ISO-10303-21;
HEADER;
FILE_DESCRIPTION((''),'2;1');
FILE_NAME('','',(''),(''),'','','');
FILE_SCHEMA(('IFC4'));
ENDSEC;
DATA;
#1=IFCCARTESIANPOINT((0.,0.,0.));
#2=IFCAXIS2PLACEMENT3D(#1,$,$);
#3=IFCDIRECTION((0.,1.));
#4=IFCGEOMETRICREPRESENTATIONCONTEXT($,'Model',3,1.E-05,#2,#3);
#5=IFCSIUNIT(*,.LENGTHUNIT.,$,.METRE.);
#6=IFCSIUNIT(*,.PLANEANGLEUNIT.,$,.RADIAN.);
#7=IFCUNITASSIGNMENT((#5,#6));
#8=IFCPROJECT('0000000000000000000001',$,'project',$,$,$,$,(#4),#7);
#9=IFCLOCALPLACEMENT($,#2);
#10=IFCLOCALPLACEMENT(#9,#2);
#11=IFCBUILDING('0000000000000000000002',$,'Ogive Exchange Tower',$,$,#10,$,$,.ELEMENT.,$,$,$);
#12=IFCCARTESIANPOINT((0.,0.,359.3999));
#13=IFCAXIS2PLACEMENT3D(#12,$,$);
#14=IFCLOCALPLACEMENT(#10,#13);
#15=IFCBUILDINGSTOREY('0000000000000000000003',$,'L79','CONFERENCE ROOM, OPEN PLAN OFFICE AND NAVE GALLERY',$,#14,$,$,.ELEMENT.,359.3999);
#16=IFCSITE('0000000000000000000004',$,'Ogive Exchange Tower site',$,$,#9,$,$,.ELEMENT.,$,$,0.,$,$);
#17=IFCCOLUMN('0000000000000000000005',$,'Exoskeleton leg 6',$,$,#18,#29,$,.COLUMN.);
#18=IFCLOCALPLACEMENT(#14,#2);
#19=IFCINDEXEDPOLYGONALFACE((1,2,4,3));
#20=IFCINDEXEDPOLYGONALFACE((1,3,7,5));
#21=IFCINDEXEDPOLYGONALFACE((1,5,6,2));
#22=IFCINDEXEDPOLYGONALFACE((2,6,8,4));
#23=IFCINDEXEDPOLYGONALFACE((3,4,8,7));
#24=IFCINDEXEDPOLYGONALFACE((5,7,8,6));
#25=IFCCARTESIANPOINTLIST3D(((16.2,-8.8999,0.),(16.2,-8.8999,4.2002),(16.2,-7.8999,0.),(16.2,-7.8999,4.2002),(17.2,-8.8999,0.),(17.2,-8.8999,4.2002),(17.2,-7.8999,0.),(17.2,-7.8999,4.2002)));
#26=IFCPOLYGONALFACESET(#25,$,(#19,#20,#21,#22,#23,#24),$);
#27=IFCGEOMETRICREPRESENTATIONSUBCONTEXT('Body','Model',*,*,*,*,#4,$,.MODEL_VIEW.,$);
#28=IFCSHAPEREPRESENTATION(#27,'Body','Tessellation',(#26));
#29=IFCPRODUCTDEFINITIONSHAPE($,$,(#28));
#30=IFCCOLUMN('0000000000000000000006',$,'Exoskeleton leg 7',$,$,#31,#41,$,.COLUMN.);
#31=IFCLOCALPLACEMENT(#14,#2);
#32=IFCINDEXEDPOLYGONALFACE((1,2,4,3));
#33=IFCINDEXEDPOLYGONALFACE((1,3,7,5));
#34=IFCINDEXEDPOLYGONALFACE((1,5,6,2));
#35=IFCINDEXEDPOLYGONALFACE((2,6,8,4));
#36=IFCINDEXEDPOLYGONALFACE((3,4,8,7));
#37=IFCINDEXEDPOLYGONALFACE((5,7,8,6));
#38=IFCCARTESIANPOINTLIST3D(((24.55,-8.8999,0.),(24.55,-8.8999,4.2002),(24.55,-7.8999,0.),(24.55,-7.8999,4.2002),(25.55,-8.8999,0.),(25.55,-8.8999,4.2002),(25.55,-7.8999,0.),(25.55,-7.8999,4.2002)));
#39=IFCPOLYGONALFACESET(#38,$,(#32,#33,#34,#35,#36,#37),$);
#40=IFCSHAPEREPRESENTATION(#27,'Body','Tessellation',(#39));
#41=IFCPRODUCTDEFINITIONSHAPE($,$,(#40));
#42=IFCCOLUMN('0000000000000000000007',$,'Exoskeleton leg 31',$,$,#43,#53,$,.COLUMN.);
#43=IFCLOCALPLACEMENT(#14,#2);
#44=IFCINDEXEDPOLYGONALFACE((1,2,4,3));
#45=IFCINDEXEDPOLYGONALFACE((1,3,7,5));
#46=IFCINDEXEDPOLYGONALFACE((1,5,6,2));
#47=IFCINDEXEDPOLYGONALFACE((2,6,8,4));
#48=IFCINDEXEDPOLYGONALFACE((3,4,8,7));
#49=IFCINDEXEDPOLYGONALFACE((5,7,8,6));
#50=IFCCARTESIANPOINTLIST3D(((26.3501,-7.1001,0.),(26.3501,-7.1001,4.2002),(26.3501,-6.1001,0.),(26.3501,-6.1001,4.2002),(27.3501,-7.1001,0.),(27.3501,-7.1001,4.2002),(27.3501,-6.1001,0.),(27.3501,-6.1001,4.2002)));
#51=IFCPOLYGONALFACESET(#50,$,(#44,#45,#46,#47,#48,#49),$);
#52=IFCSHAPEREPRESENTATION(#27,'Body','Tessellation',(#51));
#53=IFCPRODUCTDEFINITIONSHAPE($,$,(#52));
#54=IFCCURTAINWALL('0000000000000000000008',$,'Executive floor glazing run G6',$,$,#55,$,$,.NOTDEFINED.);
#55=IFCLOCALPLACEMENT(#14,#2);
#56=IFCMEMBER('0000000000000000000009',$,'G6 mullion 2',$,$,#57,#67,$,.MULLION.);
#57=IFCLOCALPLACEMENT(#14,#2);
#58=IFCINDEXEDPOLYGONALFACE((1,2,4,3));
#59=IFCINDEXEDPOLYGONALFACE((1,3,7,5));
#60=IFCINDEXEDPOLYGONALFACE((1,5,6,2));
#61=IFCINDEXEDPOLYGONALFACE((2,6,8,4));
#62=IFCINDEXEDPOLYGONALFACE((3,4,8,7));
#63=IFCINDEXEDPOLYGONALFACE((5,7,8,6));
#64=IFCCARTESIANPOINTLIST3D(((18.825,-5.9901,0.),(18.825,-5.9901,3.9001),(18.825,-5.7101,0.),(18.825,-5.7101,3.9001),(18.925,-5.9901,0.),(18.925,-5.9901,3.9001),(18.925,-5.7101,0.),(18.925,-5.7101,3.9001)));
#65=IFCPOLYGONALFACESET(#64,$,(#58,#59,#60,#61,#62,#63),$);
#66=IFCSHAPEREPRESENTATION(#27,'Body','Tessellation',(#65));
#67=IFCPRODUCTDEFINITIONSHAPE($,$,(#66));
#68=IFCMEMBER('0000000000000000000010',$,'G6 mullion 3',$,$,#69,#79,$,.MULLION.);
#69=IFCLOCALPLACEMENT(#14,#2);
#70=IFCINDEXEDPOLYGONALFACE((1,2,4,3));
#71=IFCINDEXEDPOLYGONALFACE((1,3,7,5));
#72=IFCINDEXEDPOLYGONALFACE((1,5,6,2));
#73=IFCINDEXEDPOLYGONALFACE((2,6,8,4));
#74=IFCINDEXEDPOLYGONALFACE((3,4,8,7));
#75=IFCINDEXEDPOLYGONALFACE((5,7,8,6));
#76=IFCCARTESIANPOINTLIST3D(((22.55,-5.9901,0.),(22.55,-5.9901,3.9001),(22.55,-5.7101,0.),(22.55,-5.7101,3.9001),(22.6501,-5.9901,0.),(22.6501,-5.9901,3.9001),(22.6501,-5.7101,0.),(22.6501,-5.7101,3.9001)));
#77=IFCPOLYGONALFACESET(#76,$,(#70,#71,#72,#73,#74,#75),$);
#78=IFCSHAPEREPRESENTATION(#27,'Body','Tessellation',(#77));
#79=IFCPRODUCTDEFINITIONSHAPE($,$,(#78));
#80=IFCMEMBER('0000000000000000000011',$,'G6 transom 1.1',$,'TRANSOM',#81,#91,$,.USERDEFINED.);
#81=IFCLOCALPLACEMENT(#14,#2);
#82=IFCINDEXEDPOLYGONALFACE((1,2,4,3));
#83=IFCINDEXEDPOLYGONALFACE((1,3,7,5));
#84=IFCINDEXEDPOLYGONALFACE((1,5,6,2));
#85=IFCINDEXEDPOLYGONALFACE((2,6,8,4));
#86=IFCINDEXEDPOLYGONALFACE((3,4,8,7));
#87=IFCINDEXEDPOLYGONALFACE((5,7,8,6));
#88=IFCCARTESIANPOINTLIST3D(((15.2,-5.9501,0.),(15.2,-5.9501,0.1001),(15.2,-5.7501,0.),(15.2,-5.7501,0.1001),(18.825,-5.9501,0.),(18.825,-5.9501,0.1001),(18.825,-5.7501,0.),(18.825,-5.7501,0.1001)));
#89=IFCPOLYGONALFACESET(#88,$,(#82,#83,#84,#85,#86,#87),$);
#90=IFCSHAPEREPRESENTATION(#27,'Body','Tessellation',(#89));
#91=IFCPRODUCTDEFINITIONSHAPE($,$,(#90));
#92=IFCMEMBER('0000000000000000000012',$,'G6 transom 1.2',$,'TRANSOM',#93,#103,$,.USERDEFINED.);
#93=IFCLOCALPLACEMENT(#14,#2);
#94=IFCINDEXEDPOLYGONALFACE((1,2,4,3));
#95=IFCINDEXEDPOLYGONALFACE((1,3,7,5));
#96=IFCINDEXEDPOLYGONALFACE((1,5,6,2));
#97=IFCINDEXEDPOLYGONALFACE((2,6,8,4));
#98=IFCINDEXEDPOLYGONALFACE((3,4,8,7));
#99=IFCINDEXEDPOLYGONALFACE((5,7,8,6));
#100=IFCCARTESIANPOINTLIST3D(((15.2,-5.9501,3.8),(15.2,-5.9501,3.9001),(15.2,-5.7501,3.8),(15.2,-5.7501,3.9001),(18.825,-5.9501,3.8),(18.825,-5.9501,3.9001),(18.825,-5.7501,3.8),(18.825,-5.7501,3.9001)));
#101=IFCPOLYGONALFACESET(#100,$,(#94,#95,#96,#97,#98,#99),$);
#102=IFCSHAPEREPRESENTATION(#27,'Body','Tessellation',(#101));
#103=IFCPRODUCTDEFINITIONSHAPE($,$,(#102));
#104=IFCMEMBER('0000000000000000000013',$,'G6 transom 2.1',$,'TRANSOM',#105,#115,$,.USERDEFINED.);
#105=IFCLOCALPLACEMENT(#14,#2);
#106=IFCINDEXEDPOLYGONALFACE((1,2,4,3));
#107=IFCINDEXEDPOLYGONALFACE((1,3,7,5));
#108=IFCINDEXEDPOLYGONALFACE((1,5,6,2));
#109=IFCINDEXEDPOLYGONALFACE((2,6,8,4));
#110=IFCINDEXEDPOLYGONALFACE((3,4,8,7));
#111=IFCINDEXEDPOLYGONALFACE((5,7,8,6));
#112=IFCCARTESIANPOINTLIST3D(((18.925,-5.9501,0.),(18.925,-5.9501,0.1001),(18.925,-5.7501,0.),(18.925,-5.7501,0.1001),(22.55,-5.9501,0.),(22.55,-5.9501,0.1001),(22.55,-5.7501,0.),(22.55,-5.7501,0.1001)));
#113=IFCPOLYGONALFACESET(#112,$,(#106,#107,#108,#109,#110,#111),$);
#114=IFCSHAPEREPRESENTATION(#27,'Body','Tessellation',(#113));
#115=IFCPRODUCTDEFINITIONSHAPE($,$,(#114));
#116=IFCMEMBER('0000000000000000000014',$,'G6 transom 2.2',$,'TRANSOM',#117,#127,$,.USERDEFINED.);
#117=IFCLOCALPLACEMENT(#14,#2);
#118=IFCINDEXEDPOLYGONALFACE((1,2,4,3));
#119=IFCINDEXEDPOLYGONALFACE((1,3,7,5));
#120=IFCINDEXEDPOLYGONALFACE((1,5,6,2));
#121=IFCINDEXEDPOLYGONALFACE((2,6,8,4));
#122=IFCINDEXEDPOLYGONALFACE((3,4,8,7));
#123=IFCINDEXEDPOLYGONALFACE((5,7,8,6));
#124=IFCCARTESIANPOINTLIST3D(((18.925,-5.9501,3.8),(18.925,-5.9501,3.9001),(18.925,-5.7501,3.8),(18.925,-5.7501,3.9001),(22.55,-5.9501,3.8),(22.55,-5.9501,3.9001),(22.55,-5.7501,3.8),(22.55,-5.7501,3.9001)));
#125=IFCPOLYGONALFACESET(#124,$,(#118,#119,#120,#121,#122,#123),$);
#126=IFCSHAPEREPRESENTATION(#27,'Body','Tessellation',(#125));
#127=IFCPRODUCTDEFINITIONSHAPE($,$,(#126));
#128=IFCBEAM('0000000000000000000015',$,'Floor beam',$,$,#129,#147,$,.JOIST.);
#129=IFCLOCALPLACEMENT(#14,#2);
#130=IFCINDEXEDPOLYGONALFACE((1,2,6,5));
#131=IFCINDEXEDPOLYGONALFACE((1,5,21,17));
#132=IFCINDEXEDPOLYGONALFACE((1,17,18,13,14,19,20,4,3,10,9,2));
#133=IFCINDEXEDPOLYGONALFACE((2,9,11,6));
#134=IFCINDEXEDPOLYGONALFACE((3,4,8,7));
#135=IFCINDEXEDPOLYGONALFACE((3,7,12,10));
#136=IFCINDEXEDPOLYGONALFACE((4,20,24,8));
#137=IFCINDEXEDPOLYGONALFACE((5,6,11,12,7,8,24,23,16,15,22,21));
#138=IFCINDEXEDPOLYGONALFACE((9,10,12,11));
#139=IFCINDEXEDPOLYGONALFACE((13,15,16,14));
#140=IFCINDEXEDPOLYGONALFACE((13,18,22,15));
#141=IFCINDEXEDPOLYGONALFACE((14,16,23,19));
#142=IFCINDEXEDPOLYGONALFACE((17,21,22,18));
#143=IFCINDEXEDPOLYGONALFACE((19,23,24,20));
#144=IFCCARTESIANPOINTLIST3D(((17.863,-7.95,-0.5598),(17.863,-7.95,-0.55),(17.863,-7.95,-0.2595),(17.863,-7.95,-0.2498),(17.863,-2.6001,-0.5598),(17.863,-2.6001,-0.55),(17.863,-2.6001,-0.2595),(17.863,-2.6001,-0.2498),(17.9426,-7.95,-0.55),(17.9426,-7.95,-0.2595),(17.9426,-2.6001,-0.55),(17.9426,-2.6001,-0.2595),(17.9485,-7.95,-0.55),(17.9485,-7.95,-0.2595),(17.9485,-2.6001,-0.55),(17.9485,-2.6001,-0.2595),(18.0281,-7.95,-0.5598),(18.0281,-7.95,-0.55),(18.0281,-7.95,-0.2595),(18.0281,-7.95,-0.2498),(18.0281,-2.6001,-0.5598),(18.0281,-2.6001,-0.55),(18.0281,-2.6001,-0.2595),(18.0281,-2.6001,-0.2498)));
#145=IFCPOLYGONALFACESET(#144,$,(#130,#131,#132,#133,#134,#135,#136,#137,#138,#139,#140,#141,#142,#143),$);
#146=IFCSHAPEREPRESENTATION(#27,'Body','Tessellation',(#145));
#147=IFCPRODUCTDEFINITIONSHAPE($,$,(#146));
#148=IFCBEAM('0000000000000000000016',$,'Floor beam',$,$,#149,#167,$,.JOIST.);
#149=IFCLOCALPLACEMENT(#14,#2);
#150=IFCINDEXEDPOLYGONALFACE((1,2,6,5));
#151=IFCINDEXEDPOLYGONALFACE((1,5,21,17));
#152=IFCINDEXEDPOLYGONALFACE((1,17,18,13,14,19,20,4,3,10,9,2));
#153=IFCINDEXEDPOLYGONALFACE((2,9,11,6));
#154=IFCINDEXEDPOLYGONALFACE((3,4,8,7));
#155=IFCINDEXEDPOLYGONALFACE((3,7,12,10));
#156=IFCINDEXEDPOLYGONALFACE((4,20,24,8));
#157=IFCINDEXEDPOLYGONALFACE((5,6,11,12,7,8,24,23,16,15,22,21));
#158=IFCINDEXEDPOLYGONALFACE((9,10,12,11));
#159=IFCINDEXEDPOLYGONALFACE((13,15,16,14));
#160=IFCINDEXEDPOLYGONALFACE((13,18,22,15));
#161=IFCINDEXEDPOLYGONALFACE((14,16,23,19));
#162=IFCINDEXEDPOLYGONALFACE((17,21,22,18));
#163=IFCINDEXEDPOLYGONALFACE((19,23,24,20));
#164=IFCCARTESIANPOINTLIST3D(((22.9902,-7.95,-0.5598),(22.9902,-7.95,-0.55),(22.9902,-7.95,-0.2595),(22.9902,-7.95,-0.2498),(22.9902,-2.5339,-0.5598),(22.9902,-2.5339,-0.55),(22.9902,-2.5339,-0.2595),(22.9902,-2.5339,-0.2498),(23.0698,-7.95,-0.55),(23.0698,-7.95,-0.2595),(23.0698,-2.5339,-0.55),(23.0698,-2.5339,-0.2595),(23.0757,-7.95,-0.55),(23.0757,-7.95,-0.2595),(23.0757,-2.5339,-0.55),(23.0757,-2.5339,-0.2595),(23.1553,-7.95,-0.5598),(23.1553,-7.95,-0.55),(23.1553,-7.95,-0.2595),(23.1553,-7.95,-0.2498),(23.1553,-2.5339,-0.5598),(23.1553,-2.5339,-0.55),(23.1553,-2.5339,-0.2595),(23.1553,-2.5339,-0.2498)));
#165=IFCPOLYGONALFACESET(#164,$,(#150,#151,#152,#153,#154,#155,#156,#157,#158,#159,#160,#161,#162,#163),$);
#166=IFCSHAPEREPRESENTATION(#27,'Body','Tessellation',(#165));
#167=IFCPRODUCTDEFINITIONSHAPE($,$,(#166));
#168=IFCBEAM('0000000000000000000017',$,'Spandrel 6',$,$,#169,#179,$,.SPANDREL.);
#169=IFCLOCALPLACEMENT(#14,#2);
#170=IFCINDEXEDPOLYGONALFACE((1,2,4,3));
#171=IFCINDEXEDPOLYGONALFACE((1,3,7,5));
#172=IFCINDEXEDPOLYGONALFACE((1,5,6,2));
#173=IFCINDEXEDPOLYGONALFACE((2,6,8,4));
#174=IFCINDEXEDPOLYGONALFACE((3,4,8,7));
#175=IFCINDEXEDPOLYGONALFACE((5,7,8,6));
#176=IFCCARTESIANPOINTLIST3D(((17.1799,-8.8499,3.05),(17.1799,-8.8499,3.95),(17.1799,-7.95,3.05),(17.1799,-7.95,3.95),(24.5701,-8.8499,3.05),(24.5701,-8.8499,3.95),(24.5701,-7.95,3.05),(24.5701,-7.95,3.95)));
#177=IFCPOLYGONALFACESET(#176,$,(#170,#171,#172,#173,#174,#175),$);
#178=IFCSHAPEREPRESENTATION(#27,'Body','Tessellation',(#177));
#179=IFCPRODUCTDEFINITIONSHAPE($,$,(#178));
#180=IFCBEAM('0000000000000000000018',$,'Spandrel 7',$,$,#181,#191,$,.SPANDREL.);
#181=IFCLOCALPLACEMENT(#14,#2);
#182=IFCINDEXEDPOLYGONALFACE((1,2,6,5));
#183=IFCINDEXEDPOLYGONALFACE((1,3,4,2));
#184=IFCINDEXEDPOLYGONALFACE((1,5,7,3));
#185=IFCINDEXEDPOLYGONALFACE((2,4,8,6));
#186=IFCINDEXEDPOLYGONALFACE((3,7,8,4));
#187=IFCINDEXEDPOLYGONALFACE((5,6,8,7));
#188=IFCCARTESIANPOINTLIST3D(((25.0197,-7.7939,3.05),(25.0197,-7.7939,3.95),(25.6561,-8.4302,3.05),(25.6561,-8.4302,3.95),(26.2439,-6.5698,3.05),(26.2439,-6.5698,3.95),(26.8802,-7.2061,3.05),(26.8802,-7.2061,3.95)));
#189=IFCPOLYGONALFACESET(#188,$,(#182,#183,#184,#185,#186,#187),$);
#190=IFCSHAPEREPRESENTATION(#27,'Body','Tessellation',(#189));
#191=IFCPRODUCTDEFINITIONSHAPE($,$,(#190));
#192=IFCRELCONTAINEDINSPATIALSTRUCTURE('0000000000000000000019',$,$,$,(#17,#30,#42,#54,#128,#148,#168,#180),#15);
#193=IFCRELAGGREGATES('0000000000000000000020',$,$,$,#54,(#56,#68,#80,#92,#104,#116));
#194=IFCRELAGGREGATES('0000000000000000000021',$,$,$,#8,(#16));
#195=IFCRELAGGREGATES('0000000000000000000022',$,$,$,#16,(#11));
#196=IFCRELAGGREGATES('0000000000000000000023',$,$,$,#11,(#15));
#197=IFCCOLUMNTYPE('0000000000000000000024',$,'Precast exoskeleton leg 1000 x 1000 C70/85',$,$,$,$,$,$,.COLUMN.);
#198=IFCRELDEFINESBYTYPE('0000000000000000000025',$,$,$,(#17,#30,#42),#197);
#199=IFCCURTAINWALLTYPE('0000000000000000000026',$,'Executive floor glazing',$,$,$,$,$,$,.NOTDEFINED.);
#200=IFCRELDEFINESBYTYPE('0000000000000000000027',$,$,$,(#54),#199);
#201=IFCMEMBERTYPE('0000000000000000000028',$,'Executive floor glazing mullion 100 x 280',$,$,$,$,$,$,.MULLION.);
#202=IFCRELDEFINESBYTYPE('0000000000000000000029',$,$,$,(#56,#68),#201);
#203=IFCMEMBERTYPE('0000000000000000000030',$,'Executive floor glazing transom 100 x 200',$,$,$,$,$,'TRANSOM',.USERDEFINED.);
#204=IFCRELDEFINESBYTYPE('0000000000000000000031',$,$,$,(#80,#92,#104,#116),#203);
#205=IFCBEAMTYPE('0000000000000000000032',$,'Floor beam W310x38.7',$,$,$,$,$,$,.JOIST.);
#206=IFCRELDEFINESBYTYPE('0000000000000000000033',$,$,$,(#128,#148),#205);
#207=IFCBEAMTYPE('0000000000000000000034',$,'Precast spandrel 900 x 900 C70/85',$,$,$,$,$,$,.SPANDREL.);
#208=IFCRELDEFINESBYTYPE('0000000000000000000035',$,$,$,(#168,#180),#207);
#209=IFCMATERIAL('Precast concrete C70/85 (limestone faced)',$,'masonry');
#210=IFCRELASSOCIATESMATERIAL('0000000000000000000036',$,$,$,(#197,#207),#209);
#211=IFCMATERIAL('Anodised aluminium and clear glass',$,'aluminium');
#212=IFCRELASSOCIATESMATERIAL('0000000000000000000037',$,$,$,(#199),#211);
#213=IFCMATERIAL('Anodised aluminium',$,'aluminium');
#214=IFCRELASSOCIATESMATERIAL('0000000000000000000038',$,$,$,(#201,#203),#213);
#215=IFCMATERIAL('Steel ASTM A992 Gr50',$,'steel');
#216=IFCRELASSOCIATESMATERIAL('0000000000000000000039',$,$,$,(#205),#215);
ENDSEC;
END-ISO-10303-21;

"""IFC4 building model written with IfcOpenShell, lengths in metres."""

from ifc_helpers import new_model, si_unit, direction, frame, origin, origin_2d, place, context, subcontext, project, spatial, rectangle, i_section, extrude, material, material_profile, profile_set, type_object, element, aggregate, save


model = new_model("IFC4")

# Units and contexts
model_context = context("Model", 3, precision=1e-05, world=origin(), true_north=direction((0.0, 1.0)))
body_context = subcontext(model_context, "Body", "Model", "MODEL_VIEW")
ifc_project = project(units=[si_unit("LENGTHUNIT", "METRE"), si_unit("PLANEANGLEUNIT", "RADIAN")], contexts=[model_context])

# Site, building, storey
site_placement = place(None, origin())
site = spatial("IfcSite", under=ifc_project, at=site_placement, Name="Ogive Exchange Tower site", CompositionType="ELEMENT", RefElevation=0.0)
building_placement = place(site_placement, origin())
building = spatial("IfcBuilding", under=site, at=building_placement, Name="Ogive Exchange Tower", CompositionType="ELEMENT")
storey_placement = place(building_placement, frame((0.0, 0.0, 359.3999)))
storey = spatial("IfcBuildingStorey", under=building, at=storey_placement, Name="L79", Description="CONFERENCE ROOM, OPEN PLAN OFFICE AND NAVE GALLERY", CompositionType="ELEMENT", Elevation=359.3999)

# Columns
ifc_material_1 = material(Name="Precast concrete C70/85 (limestone faced)", Category="masonry")
ifc_material_profile_1 = material_profile(ifc_material_1, rectangle(XDim=1.0, YDim=1.0, at=origin_2d()), Name="1000 x 1000")
ifc_profile_set_1 = profile_set([ifc_material_profile_1], Name="Precast concrete C70/85 (limestone faced)")
column_type = type_object("IfcColumnType", Name="Precast exoskeleton leg 1000 x 1000 C70/85", PredefinedType="COLUMN", material=ifc_profile_set_1)
for number, where, z_axis, x_axis, name in (
    (1, (16.7, -8.3999, 0.0), (0.0, 0.0, 1.0), (1.0, 0.0, 0.0), "Exoskeleton leg 6"),
    (2, (25.05, -8.3999, 0.0), (0.0, 0.0, 1.0), (1.0, 0.0, 0.0), "Exoskeleton leg 7"),
    (3, (26.8501, -6.6001, 0.0), (0.0, 0.0, 1.0), (1.0, 0.0, 0.0), "Exoskeleton leg 31"),
):
    element("IfcColumn", number, at=place(storey_placement, frame(where, z_axis=z_axis, x_axis=x_axis)), inside=storey, type_object=column_type, Name=name, PredefinedType="COLUMN", context=body_context, shape_type="SweptSolid", body=[
        extrude(rectangle(XDim=1.0, YDim=1.0, at=origin_2d()), origin(), (0.0, 0.0, 1.0), 4.2002),
    ])

# Curtain wall, members
ifc_material_2 = material(Name="Anodised aluminium and clear glass", Category="aluminium")
curtain_wall_type = type_object("IfcCurtainWallType", Name="Executive floor glazing", PredefinedType="NOTDEFINED", material=ifc_material_2)
curtain_wall_placement = place(storey_placement, origin())
curtain_wall = element("IfcCurtainWall", 4, at=curtain_wall_placement, inside=storey, type_object=curtain_wall_type, Name="Executive floor glazing run G6", PredefinedType="NOTDEFINED")
ifc_material_3 = material(Name="Anodised aluminium", Category="aluminium")
ifc_material_profile_2 = material_profile(ifc_material_3, rectangle(XDim=0.28, YDim=0.1001, at=origin_2d()), Name="AL 100x280")
ifc_profile_set_2 = profile_set([ifc_material_profile_2], Name="Anodised aluminium")
member_type_1 = type_object("IfcMemberType", Name="Executive floor glazing mullion 100 x 280", PredefinedType="MULLION", material=ifc_profile_set_2)
member_1_placement = place(storey_placement, frame((18.875, -5.8501, 0.0), z_axis=(0.0, 0.0, 1.0), x_axis=(0.0, 1.0, 0.0)))
member_1 = element("IfcMember", 5, at=member_1_placement, type_object=member_type_1, Name="G6 mullion 2", PredefinedType="MULLION", context=body_context, shape_type="SweptSolid", body=[
    extrude(rectangle(XDim=0.28, YDim=0.1001, at=origin_2d()), origin(), (0.0, 0.0, 1.0), 3.9001),
])
member_2_placement = place(storey_placement, frame((22.6001, -5.8501, 0.0), z_axis=(0.0, 0.0, 1.0), x_axis=(0.0, 1.0, 0.0)))
member_2 = element("IfcMember", 6, at=member_2_placement, type_object=member_type_1, Name="G6 mullion 3", PredefinedType="MULLION", context=body_context, shape_type="SweptSolid", body=[
    extrude(rectangle(XDim=0.28, YDim=0.1001, at=origin_2d()), origin(), (0.0, 0.0, 1.0), 3.9001),
])
ifc_material_profile_3 = material_profile(ifc_material_3, rectangle(XDim=0.2, YDim=0.1001, at=origin_2d()), Name="AL 100x200")
ifc_profile_set_3 = profile_set([ifc_material_profile_3], Name="Anodised aluminium")
member_type_2 = type_object("IfcMemberType", Name="Executive floor glazing transom 100 x 200", ElementType="TRANSOM", PredefinedType="USERDEFINED", material=ifc_profile_set_3)
member_3_placement = place(storey_placement, frame((15.2, -5.8501, 0.05), z_axis=(1.0, 0.0, 0.0), x_axis=(0.0, 1.0, 0.0)))
member_3 = element("IfcMember", 7, at=member_3_placement, type_object=member_type_2, Name="G6 transom 1.1", ObjectType="TRANSOM", PredefinedType="USERDEFINED", context=body_context, shape_type="SweptSolid", body=[
    extrude(rectangle(XDim=0.2, YDim=0.1001, at=origin_2d()), origin(), (0.0, 0.0, 1.0), 3.625),
])
member_4_placement = place(storey_placement, frame((15.2, -5.8501, 3.8501), z_axis=(1.0, 0.0, 0.0), x_axis=(0.0, 1.0, 0.0)))
member_4 = element("IfcMember", 8, at=member_4_placement, type_object=member_type_2, Name="G6 transom 1.2", ObjectType="TRANSOM", PredefinedType="USERDEFINED", context=body_context, shape_type="SweptSolid", body=[
    extrude(rectangle(XDim=0.2, YDim=0.1001, at=origin_2d()), origin(), (0.0, 0.0, 1.0), 3.625),
])
member_5_placement = place(storey_placement, frame((18.925, -5.8501, 0.05), z_axis=(1.0, 0.0, 0.0), x_axis=(0.0, 1.0, 0.0)))
member_5 = element("IfcMember", 9, at=member_5_placement, type_object=member_type_2, Name="G6 transom 2.1", ObjectType="TRANSOM", PredefinedType="USERDEFINED", context=body_context, shape_type="SweptSolid", body=[
    extrude(rectangle(XDim=0.2, YDim=0.1001, at=origin_2d()), origin(), (0.0, 0.0, 1.0), 3.625),
])
member_6_placement = place(storey_placement, frame((18.925, -5.8501, 3.8501), z_axis=(1.0, 0.0, 0.0), x_axis=(0.0, 1.0, 0.0)))
member_6 = element("IfcMember", 10, at=member_6_placement, type_object=member_type_2, Name="G6 transom 2.2", ObjectType="TRANSOM", PredefinedType="USERDEFINED", context=body_context, shape_type="SweptSolid", body=[
    extrude(rectangle(XDim=0.2, YDim=0.1001, at=origin_2d()), origin(), (0.0, 0.0, 1.0), 3.625),
])

# Beams
ifc_material_4 = material(Name="Steel ASTM A992 Gr50", Category="steel")
ifc_material_profile_4 = material_profile(ifc_material_4, i_section(OverallWidth=0.165, OverallDepth=0.3101, WebThickness=0.0059, FlangeThickness=0.0098, at=origin_2d()), Name="W310x38.7")
ifc_profile_set_4 = profile_set([ifc_material_profile_4], Name="Steel ASTM A992 Gr50")
beam_type_1 = type_object("IfcBeamType", Name="Floor beam W310x38.7", PredefinedType="JOIST", material=ifc_profile_set_4)
beam_1_placement = place(storey_placement, frame((17.9456, -7.95, -0.4048), z_axis=(0.0, 1.0, 0.0), x_axis=(-1.0, 0.0, 0.0)))
element("IfcBeam", 11, at=beam_1_placement, inside=storey, type_object=beam_type_1, Name="Floor beam", PredefinedType="JOIST", context=body_context, shape_type="SweptSolid", body=[
    extrude(i_section(OverallWidth=0.165, OverallDepth=0.3101, WebThickness=0.0059, FlangeThickness=0.0098, at=origin_2d()), origin(), (0.0, 0.0, 1.0), 5.3499),
])
beam_2_placement = place(storey_placement, frame((23.0728, -7.95, -0.4048), z_axis=(0.0, 1.0, 0.0), x_axis=(-1.0, 0.0, 0.0)))
element("IfcBeam", 12, at=beam_2_placement, inside=storey, type_object=beam_type_1, Name="Floor beam", PredefinedType="JOIST", context=body_context, shape_type="SweptSolid", body=[
    extrude(i_section(OverallWidth=0.165, OverallDepth=0.3101, WebThickness=0.0059, FlangeThickness=0.0098, at=origin_2d()), origin(), (0.0, 0.0, 1.0), 5.416),
])
ifc_material_profile_5 = material_profile(ifc_material_1, rectangle(XDim=0.8999, YDim=0.8999, at=origin_2d()), Name="900 x 900")
ifc_profile_set_5 = profile_set([ifc_material_profile_5], Name="Precast concrete C70/85 (limestone faced)")
beam_type_2 = type_object("IfcBeamType", Name="Precast spandrel 900 x 900 C70/85", PredefinedType="SPANDREL", material=ifc_profile_set_5)
beam_3_placement = place(storey_placement, frame((17.1799, -8.3999, 3.5), z_axis=(1.0, 0.0, 0.0), x_axis=(0.0, 1.0, 0.0)))
element("IfcBeam", 13, at=beam_3_placement, inside=storey, type_object=beam_type_2, Name="Spandrel 6", PredefinedType="SPANDREL", context=body_context, shape_type="SweptSolid", body=[
    extrude(rectangle(XDim=0.8999, YDim=0.8999, at=origin_2d()), origin(), (0.0, 0.0, 1.0), 7.3901),
])
for number, where, z_axis, x_axis, name in (
    (14, (25.3379, -8.1121, 3.5), (0.707107, 0.707107, 0.0), (-0.707107, 0.707107, 0.0), "Spandrel 7"),
):
    element("IfcBeam", number, at=place(storey_placement, frame(where, z_axis=z_axis, x_axis=x_axis)), inside=storey, type_object=beam_type_2, Name=name, PredefinedType="SPANDREL", context=body_context, shape_type="SweptSolid", body=[
        extrude(rectangle(XDim=0.8999, YDim=0.8999, at=origin_2d()), origin(), (0.0, 0.0, 1.0), 1.7312),
    ])

aggregate(curtain_wall, [member_1, member_2, member_3, member_4, member_5, member_6])

save(model, "model.ifc")
